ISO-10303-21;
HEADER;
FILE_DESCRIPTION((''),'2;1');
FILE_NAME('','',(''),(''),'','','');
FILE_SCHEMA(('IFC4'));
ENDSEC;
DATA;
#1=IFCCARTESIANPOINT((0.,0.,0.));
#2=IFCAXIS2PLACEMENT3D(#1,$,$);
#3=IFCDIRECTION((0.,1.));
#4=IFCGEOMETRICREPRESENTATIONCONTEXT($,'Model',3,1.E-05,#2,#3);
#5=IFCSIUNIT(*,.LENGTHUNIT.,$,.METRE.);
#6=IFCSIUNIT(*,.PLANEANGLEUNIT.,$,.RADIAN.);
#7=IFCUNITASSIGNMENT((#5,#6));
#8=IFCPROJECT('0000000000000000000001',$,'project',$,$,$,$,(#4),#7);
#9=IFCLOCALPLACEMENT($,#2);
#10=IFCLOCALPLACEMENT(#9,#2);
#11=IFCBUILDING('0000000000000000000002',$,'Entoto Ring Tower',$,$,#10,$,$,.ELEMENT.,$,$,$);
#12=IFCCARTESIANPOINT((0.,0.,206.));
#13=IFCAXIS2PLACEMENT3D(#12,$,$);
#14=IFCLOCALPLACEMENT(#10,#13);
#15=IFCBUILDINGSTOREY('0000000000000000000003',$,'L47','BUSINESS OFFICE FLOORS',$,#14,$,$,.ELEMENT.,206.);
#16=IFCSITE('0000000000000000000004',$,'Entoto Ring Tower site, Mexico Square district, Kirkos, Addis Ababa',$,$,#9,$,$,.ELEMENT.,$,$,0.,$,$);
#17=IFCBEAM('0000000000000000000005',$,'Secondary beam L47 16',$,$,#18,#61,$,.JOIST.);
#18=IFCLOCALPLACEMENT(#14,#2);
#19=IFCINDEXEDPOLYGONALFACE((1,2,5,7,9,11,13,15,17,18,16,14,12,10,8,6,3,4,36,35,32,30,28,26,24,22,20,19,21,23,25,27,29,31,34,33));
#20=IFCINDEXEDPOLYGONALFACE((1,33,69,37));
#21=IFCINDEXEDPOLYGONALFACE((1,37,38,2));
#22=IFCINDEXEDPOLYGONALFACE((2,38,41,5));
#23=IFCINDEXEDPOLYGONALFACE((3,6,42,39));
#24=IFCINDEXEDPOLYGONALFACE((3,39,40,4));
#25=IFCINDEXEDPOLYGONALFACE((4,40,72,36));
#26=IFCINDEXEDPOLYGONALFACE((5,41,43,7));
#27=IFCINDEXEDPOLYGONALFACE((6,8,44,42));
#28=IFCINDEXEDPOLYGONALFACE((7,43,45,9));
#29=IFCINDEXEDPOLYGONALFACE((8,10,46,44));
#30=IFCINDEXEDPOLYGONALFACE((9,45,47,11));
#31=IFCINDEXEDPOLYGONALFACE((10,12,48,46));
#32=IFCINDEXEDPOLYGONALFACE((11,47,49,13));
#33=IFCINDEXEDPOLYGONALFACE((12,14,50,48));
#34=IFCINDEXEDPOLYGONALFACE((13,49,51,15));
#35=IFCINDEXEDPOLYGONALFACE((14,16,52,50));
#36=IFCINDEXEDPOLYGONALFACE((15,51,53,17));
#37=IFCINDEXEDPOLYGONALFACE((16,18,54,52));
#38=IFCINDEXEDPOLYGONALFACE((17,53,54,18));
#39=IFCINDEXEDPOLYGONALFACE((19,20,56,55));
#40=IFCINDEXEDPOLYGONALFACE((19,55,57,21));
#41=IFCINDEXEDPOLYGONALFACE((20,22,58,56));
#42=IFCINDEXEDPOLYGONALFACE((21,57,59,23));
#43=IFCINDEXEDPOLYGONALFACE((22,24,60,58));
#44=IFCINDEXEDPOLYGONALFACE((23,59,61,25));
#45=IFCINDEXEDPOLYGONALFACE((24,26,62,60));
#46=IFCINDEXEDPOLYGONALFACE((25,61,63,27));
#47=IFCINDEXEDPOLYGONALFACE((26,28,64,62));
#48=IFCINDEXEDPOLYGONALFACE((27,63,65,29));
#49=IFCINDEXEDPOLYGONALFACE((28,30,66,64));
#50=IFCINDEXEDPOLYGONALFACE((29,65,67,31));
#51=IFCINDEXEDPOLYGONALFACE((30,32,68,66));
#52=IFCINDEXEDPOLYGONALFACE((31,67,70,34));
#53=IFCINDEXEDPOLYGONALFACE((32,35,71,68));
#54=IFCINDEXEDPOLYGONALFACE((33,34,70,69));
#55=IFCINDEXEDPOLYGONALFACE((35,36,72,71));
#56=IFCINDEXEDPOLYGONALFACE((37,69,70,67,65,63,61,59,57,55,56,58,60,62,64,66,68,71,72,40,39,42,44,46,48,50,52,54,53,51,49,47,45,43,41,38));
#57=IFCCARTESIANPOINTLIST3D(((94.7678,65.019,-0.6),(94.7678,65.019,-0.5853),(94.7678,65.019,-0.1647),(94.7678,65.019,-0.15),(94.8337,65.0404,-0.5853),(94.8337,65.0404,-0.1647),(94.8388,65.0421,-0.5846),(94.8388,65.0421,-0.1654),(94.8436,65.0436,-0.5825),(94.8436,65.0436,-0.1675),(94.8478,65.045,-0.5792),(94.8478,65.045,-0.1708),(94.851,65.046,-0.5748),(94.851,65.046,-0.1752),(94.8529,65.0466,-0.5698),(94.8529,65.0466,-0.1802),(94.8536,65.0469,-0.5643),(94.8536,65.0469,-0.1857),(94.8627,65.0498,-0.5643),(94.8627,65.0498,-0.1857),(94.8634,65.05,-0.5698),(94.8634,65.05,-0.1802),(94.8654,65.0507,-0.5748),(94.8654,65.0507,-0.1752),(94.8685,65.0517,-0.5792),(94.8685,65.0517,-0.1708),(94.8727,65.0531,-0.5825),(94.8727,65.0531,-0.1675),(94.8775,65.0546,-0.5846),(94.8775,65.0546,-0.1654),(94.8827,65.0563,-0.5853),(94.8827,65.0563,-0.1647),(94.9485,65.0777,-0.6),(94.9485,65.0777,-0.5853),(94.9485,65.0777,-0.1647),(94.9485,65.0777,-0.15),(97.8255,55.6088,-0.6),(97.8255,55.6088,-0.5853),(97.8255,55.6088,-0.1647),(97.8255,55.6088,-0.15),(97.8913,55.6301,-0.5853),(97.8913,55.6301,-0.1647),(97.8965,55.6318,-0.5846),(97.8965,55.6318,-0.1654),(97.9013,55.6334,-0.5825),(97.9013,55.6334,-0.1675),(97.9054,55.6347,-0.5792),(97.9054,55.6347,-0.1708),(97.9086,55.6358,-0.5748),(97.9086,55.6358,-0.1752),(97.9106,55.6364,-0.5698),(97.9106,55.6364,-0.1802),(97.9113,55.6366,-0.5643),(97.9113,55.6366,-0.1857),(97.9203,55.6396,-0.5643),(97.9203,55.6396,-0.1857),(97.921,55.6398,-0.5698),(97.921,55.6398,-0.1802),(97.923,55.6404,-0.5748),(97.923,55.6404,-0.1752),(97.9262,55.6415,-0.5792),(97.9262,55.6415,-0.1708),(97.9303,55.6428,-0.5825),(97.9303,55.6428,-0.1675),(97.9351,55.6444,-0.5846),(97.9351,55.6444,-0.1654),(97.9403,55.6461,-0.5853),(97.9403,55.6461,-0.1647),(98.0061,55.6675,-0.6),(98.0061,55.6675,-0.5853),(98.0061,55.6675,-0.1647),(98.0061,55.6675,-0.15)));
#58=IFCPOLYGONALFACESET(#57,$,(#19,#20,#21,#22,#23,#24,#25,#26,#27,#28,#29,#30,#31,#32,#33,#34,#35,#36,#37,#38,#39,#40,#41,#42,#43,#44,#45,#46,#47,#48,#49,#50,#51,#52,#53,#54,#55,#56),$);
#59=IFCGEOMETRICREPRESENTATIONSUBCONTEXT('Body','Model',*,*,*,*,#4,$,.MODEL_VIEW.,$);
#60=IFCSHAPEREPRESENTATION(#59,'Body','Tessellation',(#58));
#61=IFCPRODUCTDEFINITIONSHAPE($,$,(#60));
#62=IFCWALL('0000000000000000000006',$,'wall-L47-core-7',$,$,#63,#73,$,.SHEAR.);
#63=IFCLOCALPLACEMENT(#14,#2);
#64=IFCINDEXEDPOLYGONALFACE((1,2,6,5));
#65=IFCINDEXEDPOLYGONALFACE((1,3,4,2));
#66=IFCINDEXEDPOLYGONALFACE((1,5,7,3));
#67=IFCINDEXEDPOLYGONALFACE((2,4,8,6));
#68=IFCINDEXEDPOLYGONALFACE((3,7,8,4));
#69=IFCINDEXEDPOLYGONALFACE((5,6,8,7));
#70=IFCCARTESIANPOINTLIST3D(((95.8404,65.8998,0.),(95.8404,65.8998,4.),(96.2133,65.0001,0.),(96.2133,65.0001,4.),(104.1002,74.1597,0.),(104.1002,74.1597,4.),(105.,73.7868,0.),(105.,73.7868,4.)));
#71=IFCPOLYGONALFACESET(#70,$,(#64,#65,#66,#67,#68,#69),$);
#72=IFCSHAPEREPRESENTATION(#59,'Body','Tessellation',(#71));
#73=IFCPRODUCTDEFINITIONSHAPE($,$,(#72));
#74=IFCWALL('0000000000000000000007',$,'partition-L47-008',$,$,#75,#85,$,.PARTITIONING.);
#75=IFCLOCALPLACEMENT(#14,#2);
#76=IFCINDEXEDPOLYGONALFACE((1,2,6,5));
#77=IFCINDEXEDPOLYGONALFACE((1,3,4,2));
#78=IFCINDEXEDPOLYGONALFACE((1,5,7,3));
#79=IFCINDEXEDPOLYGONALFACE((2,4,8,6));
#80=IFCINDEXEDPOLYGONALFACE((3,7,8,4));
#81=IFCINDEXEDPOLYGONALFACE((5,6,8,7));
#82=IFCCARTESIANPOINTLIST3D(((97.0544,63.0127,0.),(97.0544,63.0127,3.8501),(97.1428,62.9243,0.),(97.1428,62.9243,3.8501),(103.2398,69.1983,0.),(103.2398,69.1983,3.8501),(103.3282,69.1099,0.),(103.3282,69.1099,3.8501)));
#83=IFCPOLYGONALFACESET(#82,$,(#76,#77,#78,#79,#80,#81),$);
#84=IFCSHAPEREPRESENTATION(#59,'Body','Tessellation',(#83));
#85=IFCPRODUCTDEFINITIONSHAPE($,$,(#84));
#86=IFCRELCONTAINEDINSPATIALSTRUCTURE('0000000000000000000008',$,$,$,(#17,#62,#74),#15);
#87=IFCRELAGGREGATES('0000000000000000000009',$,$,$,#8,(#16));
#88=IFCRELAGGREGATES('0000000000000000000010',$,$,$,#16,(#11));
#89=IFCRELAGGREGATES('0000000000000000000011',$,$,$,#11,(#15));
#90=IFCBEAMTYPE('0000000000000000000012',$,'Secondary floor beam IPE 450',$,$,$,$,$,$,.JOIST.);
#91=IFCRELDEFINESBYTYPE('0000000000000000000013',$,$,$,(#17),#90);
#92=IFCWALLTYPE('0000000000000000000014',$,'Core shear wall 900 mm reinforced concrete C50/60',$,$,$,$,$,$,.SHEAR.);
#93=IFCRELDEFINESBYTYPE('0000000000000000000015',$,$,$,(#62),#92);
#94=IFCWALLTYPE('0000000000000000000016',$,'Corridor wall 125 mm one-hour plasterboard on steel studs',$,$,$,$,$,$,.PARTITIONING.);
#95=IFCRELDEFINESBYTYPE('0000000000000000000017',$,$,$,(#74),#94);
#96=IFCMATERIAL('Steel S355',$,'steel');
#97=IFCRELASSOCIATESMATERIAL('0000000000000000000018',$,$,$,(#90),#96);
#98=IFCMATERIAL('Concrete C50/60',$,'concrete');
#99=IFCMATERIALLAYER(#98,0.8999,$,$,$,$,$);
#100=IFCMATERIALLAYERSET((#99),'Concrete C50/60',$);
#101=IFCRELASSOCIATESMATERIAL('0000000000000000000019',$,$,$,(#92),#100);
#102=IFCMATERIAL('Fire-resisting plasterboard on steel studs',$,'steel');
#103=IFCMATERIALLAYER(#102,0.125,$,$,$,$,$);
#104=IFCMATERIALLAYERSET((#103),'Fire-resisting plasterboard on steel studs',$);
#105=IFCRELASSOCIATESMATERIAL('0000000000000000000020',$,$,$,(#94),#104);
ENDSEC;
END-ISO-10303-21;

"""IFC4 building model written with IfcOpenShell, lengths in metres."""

from ifc_helpers import new_model, si_unit, direction, frame, frame_2d, origin, origin_2d, place, context, subcontext, project, spatial, polyline, rectangle, i_section, outline, extrude, material, layer, layer_set, material_profile, profile_set, type_object, element, save


model = new_model("IFC4")

# Units and contexts
model_context = context("Model", 3, precision=1e-05, world=origin(), true_north=direction((0.0, 1.0)))
body_context = subcontext(model_context, "Body", "Model", "MODEL_VIEW")
ifc_project = project(units=[si_unit("LENGTHUNIT", "METRE"), si_unit("PLANEANGLEUNIT", "RADIAN")], contexts=[model_context])

# Site, building, storey
site_placement = place(None, origin())
site = spatial("IfcSite", under=ifc_project, at=site_placement, Name="Entoto Ring Tower site, Mexico Square district, Kirkos, Addis Ababa", CompositionType="ELEMENT", RefElevation=0.0)
building_placement = place(site_placement, origin())
building = spatial("IfcBuilding", under=site, at=building_placement, Name="Entoto Ring Tower", CompositionType="ELEMENT")
storey_placement = place(building_placement, frame((0.0, 0.0, 206.0)))
storey = spatial("IfcBuildingStorey", under=building, at=storey_placement, Name="L47", Description="BUSINESS OFFICE FLOORS", CompositionType="ELEMENT", Elevation=206.0)

# Beam
ifc_material_1 = material(Name="Steel S355", Category="steel")
ifc_material_profile_1 = material_profile(ifc_material_1, i_section(OverallWidth=0.1899, OverallDepth=0.45, WebThickness=0.0095, FlangeThickness=0.0146, FilletRadius=0.021, at=origin_2d()), Name="IPE 450")
ifc_profile_set_1 = profile_set([ifc_material_profile_1], Name="Steel S355")
beam_type_1 = type_object("IfcBeamType", Name="Secondary floor beam IPE 450", PredefinedType="JOIST", material=ifc_profile_set_1)
beam_1_placement = place(storey_placement, frame((94.8582, 65.0483, -0.375), z_axis=(0.309024, -0.951054, 0.0), x_axis=(0.951054, 0.309024, 0.0)))
element("IfcBeam", 1, at=beam_1_placement, inside=storey, type_object=beam_type_1, Name="Secondary beam L47 16", PredefinedType="JOIST", context=body_context, shape_type="SweptSolid", body=[
    extrude(i_section(OverallWidth=0.1899, OverallDepth=0.45, WebThickness=0.0095, FlangeThickness=0.0146, FilletRadius=0.021, at=origin_2d()), origin(), (0.0, 0.0, 1.0), 9.8945),
])

# Walls
ifc_material_2 = material(Name="Concrete C50/60", Category="concrete")
ifc_layer_1 = layer(ifc_material_2, 0.8999)
ifc_layer_set_1 = layer_set([ifc_layer_1], Name="Concrete C50/60")
wall_type_1 = type_object("IfcWallType", Name="Core shear wall 900 mm reinforced concrete C50/60", PredefinedType="SHEAR", material=ifc_layer_set_1)
wall_1_placement = place(storey_placement, frame((96.0269, 65.45, 0.0), z_axis=(0.0, 0.0, 1.0), x_axis=(0.707107, 0.707107, 0.0)))
element("IfcWall", 2, at=wall_1_placement, inside=storey, type_object=wall_type_1, Name="wall-L47-core-7", PredefinedType="SHEAR", context=body_context, shape_type="SweptSolid", body=[
    extrude(outline(polyline([(-0.1863, -0.45), (12.24, -0.45), (11.8674, 0.45), (0.1863, 0.45), (-0.1863, -0.45)])), origin(), (0.0, 0.0, 1.0), 4.0),
])
ifc_material_3 = material(Name="Fire-resisting plasterboard on steel studs", Category="steel")
ifc_layer_2 = layer(ifc_material_3, 0.125)
ifc_layer_set_2 = layer_set([ifc_layer_2], Name="Fire-resisting plasterboard on steel studs")
wall_type_2 = type_object("IfcWallType", Name="Corridor wall 125 mm one-hour plasterboard on steel studs", PredefinedType="PARTITIONING", material=ifc_layer_set_2)
wall_2_placement = place(storey_placement, frame((97.0986, 62.9685, 0.0), z_axis=(0.0, 0.0, 1.0), x_axis=(0.707093, 0.707121, 0.0)))
element("IfcWall", 3, at=wall_2_placement, inside=storey, type_object=wall_type_2, Name="partition-L47-008", PredefinedType="PARTITIONING", context=body_context, shape_type="SweptSolid", body=[
    extrude(rectangle(XDim=8.7476, YDim=0.125, at=frame_2d((4.3738, 0.0))), origin(), (0.0, 0.0, 1.0), 3.8501),
])

save(model, "model.ifc")
